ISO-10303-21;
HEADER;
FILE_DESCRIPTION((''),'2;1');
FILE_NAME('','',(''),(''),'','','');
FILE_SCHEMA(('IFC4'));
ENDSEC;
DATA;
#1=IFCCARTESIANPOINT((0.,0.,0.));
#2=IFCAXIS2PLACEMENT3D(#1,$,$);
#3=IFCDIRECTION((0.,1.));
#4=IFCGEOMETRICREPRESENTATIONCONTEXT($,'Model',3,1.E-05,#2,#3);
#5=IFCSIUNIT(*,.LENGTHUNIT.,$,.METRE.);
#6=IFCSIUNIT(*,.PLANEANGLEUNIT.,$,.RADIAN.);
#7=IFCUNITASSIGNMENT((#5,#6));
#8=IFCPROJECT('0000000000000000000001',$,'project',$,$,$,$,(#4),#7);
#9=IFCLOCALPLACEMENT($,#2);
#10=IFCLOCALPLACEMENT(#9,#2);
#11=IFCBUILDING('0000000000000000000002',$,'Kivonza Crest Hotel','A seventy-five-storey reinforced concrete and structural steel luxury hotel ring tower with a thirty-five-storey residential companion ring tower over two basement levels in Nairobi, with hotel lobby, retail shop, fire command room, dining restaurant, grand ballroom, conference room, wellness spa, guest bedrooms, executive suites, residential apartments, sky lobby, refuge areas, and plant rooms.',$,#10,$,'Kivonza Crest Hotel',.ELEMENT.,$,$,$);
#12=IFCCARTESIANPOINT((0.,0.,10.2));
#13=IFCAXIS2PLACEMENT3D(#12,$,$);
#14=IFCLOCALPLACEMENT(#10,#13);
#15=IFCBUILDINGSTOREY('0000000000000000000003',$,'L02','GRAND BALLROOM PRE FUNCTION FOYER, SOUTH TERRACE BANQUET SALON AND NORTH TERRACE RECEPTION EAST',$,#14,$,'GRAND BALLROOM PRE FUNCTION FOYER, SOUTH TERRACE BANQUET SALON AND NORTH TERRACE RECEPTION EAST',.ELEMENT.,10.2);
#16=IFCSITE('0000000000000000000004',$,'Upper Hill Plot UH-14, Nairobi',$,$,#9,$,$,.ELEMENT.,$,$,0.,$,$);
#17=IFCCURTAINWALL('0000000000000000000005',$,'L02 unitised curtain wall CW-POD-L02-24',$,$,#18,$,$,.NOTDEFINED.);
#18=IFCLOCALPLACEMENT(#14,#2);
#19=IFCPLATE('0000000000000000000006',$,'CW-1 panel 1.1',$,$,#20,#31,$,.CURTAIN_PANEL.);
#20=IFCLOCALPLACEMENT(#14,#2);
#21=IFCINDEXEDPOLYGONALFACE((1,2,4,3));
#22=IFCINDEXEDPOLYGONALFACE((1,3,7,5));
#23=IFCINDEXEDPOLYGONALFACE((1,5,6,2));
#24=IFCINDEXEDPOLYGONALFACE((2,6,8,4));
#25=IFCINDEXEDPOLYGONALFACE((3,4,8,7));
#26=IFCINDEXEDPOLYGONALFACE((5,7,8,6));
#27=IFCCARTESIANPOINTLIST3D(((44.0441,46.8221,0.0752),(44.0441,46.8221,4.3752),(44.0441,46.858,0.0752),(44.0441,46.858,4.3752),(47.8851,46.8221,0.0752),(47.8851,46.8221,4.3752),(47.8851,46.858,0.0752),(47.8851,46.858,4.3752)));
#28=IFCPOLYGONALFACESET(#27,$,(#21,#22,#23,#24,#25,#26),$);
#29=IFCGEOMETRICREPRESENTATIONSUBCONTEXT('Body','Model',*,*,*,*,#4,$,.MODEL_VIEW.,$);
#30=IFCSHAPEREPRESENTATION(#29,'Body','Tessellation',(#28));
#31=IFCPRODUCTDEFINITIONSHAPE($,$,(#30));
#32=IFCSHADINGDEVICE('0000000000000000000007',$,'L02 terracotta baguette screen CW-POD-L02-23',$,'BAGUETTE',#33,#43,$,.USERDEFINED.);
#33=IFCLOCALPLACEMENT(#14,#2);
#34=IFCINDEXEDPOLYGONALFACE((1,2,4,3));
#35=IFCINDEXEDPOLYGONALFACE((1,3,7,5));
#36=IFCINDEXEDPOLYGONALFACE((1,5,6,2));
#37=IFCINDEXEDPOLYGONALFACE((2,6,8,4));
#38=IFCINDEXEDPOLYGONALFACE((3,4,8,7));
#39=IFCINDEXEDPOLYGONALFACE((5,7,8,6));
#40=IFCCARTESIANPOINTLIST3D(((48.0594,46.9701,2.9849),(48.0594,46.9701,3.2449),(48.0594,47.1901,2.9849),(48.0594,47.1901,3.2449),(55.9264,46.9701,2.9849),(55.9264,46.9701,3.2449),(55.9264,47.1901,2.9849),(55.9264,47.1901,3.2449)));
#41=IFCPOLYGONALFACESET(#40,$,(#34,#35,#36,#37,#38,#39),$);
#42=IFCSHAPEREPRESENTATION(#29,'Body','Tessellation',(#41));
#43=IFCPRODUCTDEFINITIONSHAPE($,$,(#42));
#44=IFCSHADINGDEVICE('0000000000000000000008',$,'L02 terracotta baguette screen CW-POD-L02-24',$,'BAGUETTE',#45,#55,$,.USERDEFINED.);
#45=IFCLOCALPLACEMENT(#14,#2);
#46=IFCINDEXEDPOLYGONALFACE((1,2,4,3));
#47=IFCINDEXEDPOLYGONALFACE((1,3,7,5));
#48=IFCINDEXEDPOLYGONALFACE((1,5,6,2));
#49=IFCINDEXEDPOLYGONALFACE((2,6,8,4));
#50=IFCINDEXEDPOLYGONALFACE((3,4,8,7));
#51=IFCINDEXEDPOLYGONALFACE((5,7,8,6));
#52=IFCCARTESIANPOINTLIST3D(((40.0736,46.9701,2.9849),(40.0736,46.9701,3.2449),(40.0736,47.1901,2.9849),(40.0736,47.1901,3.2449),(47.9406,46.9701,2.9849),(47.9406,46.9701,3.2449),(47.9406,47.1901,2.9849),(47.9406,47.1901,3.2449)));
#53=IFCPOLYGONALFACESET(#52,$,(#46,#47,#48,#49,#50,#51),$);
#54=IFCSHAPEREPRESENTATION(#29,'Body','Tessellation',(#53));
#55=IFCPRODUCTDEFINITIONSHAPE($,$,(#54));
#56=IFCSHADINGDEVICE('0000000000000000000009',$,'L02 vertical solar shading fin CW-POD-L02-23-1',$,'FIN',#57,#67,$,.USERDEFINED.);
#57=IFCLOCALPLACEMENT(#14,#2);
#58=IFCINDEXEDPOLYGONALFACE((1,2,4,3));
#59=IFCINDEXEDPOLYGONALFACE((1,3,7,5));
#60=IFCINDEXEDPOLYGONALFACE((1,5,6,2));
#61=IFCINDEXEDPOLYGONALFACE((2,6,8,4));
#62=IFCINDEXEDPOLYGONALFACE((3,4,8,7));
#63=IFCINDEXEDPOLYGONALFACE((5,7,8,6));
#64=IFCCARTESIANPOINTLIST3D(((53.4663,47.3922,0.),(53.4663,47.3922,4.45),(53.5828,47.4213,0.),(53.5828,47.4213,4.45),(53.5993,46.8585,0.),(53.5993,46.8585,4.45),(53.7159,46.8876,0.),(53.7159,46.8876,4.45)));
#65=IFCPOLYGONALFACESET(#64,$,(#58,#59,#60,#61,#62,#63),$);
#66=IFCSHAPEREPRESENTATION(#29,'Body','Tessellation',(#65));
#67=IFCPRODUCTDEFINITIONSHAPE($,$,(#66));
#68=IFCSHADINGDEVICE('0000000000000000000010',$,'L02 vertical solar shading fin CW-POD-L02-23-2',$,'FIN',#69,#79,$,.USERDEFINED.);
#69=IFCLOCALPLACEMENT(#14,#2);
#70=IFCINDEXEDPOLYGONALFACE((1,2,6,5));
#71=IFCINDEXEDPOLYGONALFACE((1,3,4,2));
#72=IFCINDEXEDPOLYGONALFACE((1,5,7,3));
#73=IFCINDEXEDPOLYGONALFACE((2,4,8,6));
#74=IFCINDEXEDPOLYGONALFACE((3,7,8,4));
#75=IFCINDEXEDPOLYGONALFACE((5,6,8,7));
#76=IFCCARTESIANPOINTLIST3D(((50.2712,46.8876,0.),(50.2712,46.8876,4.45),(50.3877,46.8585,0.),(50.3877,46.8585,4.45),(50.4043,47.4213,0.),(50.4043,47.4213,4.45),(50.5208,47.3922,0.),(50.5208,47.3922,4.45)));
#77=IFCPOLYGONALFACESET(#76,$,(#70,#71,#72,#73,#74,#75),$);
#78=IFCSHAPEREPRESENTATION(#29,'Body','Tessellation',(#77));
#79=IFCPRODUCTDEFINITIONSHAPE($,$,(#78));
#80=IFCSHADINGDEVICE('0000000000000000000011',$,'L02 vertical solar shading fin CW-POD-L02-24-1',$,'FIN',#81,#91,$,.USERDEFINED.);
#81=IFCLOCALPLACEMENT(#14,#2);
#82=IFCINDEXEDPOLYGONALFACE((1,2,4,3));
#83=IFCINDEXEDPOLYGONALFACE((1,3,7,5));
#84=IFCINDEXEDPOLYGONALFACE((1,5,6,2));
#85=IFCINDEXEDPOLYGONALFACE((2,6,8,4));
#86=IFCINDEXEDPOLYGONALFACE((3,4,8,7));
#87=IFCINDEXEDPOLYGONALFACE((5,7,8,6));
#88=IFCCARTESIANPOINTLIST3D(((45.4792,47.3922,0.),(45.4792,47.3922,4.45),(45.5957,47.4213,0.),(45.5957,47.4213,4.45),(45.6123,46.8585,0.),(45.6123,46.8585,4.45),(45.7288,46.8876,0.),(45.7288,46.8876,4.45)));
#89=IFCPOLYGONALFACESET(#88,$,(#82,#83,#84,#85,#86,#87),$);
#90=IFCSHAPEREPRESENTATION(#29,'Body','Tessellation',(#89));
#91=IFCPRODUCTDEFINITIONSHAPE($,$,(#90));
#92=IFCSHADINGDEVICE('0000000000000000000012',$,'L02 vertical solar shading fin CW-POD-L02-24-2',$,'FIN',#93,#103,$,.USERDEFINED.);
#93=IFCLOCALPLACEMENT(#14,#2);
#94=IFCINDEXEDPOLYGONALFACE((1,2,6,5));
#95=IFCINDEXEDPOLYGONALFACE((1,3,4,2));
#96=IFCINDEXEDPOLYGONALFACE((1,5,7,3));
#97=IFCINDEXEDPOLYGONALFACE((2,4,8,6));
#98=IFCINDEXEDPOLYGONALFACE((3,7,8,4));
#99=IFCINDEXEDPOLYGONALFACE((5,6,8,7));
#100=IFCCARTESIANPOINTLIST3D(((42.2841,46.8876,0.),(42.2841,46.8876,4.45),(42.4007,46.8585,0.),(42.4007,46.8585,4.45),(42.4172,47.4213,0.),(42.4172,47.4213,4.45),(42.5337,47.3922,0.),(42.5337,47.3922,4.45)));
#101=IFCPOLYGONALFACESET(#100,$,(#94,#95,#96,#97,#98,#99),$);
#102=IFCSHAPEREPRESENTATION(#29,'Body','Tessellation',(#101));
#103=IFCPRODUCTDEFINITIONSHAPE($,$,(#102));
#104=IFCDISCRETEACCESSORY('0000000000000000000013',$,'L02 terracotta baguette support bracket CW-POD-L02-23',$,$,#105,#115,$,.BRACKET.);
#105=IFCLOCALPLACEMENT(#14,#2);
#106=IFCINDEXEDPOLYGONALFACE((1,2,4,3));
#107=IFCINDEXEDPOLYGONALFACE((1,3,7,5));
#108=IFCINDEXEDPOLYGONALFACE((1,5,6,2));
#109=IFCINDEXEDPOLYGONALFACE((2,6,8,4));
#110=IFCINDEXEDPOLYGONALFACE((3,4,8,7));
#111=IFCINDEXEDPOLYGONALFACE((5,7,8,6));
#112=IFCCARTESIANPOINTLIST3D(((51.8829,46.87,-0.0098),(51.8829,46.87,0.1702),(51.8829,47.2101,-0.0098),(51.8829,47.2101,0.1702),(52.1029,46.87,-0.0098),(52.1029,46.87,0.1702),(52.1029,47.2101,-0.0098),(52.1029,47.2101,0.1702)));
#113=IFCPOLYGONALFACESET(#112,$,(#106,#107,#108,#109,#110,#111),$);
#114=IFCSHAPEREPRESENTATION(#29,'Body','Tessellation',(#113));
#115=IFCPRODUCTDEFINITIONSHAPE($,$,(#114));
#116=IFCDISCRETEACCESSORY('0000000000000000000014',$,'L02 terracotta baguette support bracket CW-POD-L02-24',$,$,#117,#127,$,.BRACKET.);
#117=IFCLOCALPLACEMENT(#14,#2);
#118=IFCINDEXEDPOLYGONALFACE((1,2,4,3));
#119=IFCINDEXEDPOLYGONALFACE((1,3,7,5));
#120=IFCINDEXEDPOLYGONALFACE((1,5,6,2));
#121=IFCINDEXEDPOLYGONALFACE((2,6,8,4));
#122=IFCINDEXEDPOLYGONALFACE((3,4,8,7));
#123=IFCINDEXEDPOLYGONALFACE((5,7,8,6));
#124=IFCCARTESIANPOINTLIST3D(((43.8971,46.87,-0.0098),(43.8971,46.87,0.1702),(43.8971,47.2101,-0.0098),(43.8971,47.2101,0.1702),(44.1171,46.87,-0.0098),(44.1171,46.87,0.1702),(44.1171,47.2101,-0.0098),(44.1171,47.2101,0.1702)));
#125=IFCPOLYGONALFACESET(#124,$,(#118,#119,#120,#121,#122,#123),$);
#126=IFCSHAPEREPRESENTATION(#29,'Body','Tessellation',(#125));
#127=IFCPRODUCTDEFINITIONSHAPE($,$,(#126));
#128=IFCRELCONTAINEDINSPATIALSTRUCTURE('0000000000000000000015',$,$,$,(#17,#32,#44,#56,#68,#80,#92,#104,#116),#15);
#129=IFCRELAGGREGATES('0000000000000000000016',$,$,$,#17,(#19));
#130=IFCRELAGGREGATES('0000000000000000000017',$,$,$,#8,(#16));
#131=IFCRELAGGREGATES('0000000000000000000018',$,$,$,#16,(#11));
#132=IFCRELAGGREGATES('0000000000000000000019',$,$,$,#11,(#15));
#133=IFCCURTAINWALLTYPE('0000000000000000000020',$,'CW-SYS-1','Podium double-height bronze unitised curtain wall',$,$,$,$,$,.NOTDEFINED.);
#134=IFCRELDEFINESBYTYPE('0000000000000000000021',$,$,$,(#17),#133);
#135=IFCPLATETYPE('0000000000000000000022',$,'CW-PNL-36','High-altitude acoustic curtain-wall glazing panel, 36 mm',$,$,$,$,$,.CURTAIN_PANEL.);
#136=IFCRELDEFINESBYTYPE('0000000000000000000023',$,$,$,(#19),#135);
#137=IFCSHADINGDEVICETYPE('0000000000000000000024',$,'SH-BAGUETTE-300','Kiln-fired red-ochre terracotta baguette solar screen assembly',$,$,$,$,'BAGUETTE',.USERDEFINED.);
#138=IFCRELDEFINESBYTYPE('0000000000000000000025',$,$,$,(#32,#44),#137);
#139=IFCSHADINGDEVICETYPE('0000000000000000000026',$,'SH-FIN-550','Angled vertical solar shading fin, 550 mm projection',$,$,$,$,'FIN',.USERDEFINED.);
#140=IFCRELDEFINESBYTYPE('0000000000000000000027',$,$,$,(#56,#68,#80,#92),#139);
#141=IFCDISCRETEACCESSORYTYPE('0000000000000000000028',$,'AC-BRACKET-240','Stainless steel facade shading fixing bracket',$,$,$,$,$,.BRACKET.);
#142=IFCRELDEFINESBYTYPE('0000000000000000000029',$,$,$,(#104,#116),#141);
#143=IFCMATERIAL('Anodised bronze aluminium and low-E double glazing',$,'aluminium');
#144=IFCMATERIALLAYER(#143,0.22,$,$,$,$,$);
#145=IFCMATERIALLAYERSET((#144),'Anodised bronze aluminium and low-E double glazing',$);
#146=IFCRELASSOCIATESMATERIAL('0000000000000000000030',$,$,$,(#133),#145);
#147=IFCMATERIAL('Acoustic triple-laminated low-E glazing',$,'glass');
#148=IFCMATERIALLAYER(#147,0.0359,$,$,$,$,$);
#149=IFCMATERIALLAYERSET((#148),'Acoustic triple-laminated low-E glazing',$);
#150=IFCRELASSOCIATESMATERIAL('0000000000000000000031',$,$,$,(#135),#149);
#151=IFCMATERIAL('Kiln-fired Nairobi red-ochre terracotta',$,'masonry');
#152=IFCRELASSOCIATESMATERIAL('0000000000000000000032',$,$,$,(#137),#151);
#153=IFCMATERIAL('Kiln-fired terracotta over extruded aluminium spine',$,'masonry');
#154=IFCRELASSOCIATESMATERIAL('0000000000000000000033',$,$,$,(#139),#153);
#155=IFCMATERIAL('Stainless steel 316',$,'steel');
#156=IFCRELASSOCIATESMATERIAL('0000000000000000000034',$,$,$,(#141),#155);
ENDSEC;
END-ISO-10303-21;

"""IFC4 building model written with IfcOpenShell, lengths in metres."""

from ifc_helpers import new_model, si_unit, direction, frame, origin, origin_2d, place, context, subcontext, project, spatial, rectangle, extrude, material, layer, layer_set, type_object, element, aggregate, save


model = new_model("IFC4")

# Units and contexts
model_context = context("Model", 3, precision=1e-05, world=origin(), true_north=direction((0.0, 1.0)))
body_context = subcontext(model_context, "Body", "Model", "MODEL_VIEW")
ifc_project = project(units=[si_unit("LENGTHUNIT", "METRE"), si_unit("PLANEANGLEUNIT", "RADIAN")], contexts=[model_context])

# Site, building, storey
site_placement = place(None, origin())
site = spatial("IfcSite", under=ifc_project, at=site_placement, Name="Upper Hill Plot UH-14, Nairobi", CompositionType="ELEMENT", RefElevation=0.0)
building_placement = place(site_placement, origin())
building = spatial("IfcBuilding", under=site, at=building_placement, Name="Kivonza Crest Hotel", Description="A seventy-five-storey reinforced concrete and structural steel luxury hotel ring tower with a thirty-five-storey residential companion ring tower over two basement levels in Nairobi, with hotel lobby, retail shop, fire command room, dining restaurant, grand ballroom, conference room, wellness spa, guest bedrooms, executive suites, residential apartments, sky lobby, refuge areas, and plant rooms.", LongName="Kivonza Crest Hotel", CompositionType="ELEMENT")
storey_placement = place(building_placement, frame((0.0, 0.0, 10.2)))
storey = spatial("IfcBuildingStorey", under=building, at=storey_placement, Name="L02", Description="GRAND BALLROOM PRE FUNCTION FOYER, SOUTH TERRACE BANQUET SALON AND NORTH TERRACE RECEPTION EAST", LongName="GRAND BALLROOM PRE FUNCTION FOYER, SOUTH TERRACE BANQUET SALON AND NORTH TERRACE RECEPTION EAST", CompositionType="ELEMENT", Elevation=10.2)

# Curtain wall
ifc_material_1 = material(Name="Anodised bronze aluminium and low-E double glazing", Category="aluminium")
ifc_layer_1 = layer(ifc_material_1, 0.22)
ifc_layer_set_1 = layer_set([ifc_layer_1], Name="Anodised bronze aluminium and low-E double glazing")
curtain_wall_type = type_object("IfcCurtainWallType", Name="CW-SYS-1", Description="Podium double-height bronze unitised curtain wall", PredefinedType="NOTDEFINED", material=ifc_layer_set_1)
curtain_wall_1_placement = place(storey_placement, origin())
curtain_wall_1 = element("IfcCurtainWall", 1, at=curtain_wall_1_placement, inside=storey, type_object=curtain_wall_type, Name="L02 unitised curtain wall CW-POD-L02-24", PredefinedType="NOTDEFINED")

# Plate
ifc_material_2 = material(Name="Acoustic triple-laminated low-E glazing", Category="glass")
ifc_layer_2 = layer(ifc_material_2, 0.0359)
ifc_layer_set_2 = layer_set([ifc_layer_2], Name="Acoustic triple-laminated low-E glazing")
plate_type = type_object("IfcPlateType", Name="CW-PNL-36", Description="High-altitude acoustic curtain-wall glazing panel, 36 mm", PredefinedType="CURTAIN_PANEL", material=ifc_layer_set_2)
plate_1_placement = place(storey_placement, frame((45.9646, 46.8401, 0.0752), z_axis=(0.0, 0.0, 1.0), x_axis=(-1.0, 0.0, 0.0)))
plate_1 = element("IfcPlate", 2, at=plate_1_placement, type_object=plate_type, Name="CW-1 panel 1.1", PredefinedType="CURTAIN_PANEL", context=body_context, shape_type="SweptSolid", body=[
    extrude(rectangle(XDim=3.8411, YDim=0.0359, at=origin_2d()), origin(), (0.0, 0.0, 1.0), 4.3),
])
aggregate(curtain_wall_1, [plate_1])

# Shading devices
ifc_material_3 = material(Name="Kiln-fired Nairobi red-ochre terracotta", Category="masonry")
shading_device_type_1 = type_object("IfcShadingDeviceType", Name="SH-BAGUETTE-300", Description="Kiln-fired red-ochre terracotta baguette solar screen assembly", ElementType="BAGUETTE", PredefinedType="USERDEFINED", material=ifc_material_3)
for number, where, z_axis, x_axis, name in (
    (3, (51.9929, 47.0801, 2.9849), (0.0, 0.0, 1.0), (-1.0, 0.0, 0.0), "L02 terracotta baguette screen CW-POD-L02-23"),
    (4, (44.0071, 47.0801, 2.9849), (0.0, 0.0, 1.0), (-1.0, 0.0, 0.0), "L02 terracotta baguette screen CW-POD-L02-24"),
):
    element("IfcShadingDevice", number, at=place(storey_placement, frame(where, z_axis=z_axis, x_axis=x_axis)), inside=storey, type_object=shading_device_type_1, Name=name, ObjectType="BAGUETTE", PredefinedType="USERDEFINED", context=body_context, shape_type="SweptSolid", body=[
        extrude(rectangle(XDim=7.8669, YDim=0.22, at=origin_2d()), origin(), (0.0, 0.0, 1.0), 0.26),
    ])
ifc_material_4 = material(Name="Kiln-fired terracotta over extruded aluminium spine", Category="masonry")
shading_device_type_2 = type_object("IfcShadingDeviceType", Name="SH-FIN-550", Description="Angled vertical solar shading fin, 550 mm projection", ElementType="FIN", PredefinedType="USERDEFINED", material=ifc_material_4)
for number, where, z_axis, x_axis, name in (
    (5, (53.5911, 47.1399, 0.0), (0.0, 0.0, 1.0), (-0.970296, -0.241922, 0.0), "L02 vertical solar shading fin CW-POD-L02-23-1"),
    (6, (50.396, 47.1399, 0.0), (0.0, 0.0, 1.0), (-0.970296, 0.241922, 0.0), "L02 vertical solar shading fin CW-POD-L02-23-2"),
    (7, (45.604, 47.1399, 0.0), (0.0, 0.0, 1.0), (-0.970296, -0.241922, 0.0), "L02 vertical solar shading fin CW-POD-L02-24-1"),
    (8, (42.4089, 47.1399, 0.0), (0.0, 0.0, 1.0), (-0.970296, 0.241922, 0.0), "L02 vertical solar shading fin CW-POD-L02-24-2"),
):
    element("IfcShadingDevice", number, at=place(storey_placement, frame(where, z_axis=z_axis, x_axis=x_axis)), inside=storey, type_object=shading_device_type_2, Name=name, ObjectType="FIN", PredefinedType="USERDEFINED", context=body_context, shape_type="SweptSolid", body=[
        extrude(rectangle(XDim=0.1201, YDim=0.55, at=origin_2d()), origin(), (0.0, 0.0, 1.0), 4.45),
    ])

# Discrete accessories
ifc_material_5 = material(Name="Stainless steel 316", Category="steel")
discrete_accessory_type = type_object("IfcDiscreteAccessoryType", Name="AC-BRACKET-240", Description="Stainless steel facade shading fixing bracket", PredefinedType="BRACKET", material=ifc_material_5)
for number, where, z_axis, x_axis, name in (
    (9, (51.9929, 47.04, -0.0098), (0.0, 0.0, 1.0), (-1.0, 0.0, 0.0), "L02 terracotta baguette support bracket CW-POD-L02-23"),
    (10, (44.0071, 47.04, -0.0098), (0.0, 0.0, 1.0), (-1.0, 0.0, 0.0), "L02 terracotta baguette support bracket CW-POD-L02-24"),
):
    element("IfcDiscreteAccessory", number, at=place(storey_placement, frame(where, z_axis=z_axis, x_axis=x_axis)), inside=storey, type_object=discrete_accessory_type, Name=name, PredefinedType="BRACKET", context=body_context, shape_type="SweptSolid", body=[
        extrude(rectangle(XDim=0.22, YDim=0.3401, at=origin_2d()), origin(), (0.0, 0.0, 1.0), 0.1799),
    ])

save(model, "model.ifc")
